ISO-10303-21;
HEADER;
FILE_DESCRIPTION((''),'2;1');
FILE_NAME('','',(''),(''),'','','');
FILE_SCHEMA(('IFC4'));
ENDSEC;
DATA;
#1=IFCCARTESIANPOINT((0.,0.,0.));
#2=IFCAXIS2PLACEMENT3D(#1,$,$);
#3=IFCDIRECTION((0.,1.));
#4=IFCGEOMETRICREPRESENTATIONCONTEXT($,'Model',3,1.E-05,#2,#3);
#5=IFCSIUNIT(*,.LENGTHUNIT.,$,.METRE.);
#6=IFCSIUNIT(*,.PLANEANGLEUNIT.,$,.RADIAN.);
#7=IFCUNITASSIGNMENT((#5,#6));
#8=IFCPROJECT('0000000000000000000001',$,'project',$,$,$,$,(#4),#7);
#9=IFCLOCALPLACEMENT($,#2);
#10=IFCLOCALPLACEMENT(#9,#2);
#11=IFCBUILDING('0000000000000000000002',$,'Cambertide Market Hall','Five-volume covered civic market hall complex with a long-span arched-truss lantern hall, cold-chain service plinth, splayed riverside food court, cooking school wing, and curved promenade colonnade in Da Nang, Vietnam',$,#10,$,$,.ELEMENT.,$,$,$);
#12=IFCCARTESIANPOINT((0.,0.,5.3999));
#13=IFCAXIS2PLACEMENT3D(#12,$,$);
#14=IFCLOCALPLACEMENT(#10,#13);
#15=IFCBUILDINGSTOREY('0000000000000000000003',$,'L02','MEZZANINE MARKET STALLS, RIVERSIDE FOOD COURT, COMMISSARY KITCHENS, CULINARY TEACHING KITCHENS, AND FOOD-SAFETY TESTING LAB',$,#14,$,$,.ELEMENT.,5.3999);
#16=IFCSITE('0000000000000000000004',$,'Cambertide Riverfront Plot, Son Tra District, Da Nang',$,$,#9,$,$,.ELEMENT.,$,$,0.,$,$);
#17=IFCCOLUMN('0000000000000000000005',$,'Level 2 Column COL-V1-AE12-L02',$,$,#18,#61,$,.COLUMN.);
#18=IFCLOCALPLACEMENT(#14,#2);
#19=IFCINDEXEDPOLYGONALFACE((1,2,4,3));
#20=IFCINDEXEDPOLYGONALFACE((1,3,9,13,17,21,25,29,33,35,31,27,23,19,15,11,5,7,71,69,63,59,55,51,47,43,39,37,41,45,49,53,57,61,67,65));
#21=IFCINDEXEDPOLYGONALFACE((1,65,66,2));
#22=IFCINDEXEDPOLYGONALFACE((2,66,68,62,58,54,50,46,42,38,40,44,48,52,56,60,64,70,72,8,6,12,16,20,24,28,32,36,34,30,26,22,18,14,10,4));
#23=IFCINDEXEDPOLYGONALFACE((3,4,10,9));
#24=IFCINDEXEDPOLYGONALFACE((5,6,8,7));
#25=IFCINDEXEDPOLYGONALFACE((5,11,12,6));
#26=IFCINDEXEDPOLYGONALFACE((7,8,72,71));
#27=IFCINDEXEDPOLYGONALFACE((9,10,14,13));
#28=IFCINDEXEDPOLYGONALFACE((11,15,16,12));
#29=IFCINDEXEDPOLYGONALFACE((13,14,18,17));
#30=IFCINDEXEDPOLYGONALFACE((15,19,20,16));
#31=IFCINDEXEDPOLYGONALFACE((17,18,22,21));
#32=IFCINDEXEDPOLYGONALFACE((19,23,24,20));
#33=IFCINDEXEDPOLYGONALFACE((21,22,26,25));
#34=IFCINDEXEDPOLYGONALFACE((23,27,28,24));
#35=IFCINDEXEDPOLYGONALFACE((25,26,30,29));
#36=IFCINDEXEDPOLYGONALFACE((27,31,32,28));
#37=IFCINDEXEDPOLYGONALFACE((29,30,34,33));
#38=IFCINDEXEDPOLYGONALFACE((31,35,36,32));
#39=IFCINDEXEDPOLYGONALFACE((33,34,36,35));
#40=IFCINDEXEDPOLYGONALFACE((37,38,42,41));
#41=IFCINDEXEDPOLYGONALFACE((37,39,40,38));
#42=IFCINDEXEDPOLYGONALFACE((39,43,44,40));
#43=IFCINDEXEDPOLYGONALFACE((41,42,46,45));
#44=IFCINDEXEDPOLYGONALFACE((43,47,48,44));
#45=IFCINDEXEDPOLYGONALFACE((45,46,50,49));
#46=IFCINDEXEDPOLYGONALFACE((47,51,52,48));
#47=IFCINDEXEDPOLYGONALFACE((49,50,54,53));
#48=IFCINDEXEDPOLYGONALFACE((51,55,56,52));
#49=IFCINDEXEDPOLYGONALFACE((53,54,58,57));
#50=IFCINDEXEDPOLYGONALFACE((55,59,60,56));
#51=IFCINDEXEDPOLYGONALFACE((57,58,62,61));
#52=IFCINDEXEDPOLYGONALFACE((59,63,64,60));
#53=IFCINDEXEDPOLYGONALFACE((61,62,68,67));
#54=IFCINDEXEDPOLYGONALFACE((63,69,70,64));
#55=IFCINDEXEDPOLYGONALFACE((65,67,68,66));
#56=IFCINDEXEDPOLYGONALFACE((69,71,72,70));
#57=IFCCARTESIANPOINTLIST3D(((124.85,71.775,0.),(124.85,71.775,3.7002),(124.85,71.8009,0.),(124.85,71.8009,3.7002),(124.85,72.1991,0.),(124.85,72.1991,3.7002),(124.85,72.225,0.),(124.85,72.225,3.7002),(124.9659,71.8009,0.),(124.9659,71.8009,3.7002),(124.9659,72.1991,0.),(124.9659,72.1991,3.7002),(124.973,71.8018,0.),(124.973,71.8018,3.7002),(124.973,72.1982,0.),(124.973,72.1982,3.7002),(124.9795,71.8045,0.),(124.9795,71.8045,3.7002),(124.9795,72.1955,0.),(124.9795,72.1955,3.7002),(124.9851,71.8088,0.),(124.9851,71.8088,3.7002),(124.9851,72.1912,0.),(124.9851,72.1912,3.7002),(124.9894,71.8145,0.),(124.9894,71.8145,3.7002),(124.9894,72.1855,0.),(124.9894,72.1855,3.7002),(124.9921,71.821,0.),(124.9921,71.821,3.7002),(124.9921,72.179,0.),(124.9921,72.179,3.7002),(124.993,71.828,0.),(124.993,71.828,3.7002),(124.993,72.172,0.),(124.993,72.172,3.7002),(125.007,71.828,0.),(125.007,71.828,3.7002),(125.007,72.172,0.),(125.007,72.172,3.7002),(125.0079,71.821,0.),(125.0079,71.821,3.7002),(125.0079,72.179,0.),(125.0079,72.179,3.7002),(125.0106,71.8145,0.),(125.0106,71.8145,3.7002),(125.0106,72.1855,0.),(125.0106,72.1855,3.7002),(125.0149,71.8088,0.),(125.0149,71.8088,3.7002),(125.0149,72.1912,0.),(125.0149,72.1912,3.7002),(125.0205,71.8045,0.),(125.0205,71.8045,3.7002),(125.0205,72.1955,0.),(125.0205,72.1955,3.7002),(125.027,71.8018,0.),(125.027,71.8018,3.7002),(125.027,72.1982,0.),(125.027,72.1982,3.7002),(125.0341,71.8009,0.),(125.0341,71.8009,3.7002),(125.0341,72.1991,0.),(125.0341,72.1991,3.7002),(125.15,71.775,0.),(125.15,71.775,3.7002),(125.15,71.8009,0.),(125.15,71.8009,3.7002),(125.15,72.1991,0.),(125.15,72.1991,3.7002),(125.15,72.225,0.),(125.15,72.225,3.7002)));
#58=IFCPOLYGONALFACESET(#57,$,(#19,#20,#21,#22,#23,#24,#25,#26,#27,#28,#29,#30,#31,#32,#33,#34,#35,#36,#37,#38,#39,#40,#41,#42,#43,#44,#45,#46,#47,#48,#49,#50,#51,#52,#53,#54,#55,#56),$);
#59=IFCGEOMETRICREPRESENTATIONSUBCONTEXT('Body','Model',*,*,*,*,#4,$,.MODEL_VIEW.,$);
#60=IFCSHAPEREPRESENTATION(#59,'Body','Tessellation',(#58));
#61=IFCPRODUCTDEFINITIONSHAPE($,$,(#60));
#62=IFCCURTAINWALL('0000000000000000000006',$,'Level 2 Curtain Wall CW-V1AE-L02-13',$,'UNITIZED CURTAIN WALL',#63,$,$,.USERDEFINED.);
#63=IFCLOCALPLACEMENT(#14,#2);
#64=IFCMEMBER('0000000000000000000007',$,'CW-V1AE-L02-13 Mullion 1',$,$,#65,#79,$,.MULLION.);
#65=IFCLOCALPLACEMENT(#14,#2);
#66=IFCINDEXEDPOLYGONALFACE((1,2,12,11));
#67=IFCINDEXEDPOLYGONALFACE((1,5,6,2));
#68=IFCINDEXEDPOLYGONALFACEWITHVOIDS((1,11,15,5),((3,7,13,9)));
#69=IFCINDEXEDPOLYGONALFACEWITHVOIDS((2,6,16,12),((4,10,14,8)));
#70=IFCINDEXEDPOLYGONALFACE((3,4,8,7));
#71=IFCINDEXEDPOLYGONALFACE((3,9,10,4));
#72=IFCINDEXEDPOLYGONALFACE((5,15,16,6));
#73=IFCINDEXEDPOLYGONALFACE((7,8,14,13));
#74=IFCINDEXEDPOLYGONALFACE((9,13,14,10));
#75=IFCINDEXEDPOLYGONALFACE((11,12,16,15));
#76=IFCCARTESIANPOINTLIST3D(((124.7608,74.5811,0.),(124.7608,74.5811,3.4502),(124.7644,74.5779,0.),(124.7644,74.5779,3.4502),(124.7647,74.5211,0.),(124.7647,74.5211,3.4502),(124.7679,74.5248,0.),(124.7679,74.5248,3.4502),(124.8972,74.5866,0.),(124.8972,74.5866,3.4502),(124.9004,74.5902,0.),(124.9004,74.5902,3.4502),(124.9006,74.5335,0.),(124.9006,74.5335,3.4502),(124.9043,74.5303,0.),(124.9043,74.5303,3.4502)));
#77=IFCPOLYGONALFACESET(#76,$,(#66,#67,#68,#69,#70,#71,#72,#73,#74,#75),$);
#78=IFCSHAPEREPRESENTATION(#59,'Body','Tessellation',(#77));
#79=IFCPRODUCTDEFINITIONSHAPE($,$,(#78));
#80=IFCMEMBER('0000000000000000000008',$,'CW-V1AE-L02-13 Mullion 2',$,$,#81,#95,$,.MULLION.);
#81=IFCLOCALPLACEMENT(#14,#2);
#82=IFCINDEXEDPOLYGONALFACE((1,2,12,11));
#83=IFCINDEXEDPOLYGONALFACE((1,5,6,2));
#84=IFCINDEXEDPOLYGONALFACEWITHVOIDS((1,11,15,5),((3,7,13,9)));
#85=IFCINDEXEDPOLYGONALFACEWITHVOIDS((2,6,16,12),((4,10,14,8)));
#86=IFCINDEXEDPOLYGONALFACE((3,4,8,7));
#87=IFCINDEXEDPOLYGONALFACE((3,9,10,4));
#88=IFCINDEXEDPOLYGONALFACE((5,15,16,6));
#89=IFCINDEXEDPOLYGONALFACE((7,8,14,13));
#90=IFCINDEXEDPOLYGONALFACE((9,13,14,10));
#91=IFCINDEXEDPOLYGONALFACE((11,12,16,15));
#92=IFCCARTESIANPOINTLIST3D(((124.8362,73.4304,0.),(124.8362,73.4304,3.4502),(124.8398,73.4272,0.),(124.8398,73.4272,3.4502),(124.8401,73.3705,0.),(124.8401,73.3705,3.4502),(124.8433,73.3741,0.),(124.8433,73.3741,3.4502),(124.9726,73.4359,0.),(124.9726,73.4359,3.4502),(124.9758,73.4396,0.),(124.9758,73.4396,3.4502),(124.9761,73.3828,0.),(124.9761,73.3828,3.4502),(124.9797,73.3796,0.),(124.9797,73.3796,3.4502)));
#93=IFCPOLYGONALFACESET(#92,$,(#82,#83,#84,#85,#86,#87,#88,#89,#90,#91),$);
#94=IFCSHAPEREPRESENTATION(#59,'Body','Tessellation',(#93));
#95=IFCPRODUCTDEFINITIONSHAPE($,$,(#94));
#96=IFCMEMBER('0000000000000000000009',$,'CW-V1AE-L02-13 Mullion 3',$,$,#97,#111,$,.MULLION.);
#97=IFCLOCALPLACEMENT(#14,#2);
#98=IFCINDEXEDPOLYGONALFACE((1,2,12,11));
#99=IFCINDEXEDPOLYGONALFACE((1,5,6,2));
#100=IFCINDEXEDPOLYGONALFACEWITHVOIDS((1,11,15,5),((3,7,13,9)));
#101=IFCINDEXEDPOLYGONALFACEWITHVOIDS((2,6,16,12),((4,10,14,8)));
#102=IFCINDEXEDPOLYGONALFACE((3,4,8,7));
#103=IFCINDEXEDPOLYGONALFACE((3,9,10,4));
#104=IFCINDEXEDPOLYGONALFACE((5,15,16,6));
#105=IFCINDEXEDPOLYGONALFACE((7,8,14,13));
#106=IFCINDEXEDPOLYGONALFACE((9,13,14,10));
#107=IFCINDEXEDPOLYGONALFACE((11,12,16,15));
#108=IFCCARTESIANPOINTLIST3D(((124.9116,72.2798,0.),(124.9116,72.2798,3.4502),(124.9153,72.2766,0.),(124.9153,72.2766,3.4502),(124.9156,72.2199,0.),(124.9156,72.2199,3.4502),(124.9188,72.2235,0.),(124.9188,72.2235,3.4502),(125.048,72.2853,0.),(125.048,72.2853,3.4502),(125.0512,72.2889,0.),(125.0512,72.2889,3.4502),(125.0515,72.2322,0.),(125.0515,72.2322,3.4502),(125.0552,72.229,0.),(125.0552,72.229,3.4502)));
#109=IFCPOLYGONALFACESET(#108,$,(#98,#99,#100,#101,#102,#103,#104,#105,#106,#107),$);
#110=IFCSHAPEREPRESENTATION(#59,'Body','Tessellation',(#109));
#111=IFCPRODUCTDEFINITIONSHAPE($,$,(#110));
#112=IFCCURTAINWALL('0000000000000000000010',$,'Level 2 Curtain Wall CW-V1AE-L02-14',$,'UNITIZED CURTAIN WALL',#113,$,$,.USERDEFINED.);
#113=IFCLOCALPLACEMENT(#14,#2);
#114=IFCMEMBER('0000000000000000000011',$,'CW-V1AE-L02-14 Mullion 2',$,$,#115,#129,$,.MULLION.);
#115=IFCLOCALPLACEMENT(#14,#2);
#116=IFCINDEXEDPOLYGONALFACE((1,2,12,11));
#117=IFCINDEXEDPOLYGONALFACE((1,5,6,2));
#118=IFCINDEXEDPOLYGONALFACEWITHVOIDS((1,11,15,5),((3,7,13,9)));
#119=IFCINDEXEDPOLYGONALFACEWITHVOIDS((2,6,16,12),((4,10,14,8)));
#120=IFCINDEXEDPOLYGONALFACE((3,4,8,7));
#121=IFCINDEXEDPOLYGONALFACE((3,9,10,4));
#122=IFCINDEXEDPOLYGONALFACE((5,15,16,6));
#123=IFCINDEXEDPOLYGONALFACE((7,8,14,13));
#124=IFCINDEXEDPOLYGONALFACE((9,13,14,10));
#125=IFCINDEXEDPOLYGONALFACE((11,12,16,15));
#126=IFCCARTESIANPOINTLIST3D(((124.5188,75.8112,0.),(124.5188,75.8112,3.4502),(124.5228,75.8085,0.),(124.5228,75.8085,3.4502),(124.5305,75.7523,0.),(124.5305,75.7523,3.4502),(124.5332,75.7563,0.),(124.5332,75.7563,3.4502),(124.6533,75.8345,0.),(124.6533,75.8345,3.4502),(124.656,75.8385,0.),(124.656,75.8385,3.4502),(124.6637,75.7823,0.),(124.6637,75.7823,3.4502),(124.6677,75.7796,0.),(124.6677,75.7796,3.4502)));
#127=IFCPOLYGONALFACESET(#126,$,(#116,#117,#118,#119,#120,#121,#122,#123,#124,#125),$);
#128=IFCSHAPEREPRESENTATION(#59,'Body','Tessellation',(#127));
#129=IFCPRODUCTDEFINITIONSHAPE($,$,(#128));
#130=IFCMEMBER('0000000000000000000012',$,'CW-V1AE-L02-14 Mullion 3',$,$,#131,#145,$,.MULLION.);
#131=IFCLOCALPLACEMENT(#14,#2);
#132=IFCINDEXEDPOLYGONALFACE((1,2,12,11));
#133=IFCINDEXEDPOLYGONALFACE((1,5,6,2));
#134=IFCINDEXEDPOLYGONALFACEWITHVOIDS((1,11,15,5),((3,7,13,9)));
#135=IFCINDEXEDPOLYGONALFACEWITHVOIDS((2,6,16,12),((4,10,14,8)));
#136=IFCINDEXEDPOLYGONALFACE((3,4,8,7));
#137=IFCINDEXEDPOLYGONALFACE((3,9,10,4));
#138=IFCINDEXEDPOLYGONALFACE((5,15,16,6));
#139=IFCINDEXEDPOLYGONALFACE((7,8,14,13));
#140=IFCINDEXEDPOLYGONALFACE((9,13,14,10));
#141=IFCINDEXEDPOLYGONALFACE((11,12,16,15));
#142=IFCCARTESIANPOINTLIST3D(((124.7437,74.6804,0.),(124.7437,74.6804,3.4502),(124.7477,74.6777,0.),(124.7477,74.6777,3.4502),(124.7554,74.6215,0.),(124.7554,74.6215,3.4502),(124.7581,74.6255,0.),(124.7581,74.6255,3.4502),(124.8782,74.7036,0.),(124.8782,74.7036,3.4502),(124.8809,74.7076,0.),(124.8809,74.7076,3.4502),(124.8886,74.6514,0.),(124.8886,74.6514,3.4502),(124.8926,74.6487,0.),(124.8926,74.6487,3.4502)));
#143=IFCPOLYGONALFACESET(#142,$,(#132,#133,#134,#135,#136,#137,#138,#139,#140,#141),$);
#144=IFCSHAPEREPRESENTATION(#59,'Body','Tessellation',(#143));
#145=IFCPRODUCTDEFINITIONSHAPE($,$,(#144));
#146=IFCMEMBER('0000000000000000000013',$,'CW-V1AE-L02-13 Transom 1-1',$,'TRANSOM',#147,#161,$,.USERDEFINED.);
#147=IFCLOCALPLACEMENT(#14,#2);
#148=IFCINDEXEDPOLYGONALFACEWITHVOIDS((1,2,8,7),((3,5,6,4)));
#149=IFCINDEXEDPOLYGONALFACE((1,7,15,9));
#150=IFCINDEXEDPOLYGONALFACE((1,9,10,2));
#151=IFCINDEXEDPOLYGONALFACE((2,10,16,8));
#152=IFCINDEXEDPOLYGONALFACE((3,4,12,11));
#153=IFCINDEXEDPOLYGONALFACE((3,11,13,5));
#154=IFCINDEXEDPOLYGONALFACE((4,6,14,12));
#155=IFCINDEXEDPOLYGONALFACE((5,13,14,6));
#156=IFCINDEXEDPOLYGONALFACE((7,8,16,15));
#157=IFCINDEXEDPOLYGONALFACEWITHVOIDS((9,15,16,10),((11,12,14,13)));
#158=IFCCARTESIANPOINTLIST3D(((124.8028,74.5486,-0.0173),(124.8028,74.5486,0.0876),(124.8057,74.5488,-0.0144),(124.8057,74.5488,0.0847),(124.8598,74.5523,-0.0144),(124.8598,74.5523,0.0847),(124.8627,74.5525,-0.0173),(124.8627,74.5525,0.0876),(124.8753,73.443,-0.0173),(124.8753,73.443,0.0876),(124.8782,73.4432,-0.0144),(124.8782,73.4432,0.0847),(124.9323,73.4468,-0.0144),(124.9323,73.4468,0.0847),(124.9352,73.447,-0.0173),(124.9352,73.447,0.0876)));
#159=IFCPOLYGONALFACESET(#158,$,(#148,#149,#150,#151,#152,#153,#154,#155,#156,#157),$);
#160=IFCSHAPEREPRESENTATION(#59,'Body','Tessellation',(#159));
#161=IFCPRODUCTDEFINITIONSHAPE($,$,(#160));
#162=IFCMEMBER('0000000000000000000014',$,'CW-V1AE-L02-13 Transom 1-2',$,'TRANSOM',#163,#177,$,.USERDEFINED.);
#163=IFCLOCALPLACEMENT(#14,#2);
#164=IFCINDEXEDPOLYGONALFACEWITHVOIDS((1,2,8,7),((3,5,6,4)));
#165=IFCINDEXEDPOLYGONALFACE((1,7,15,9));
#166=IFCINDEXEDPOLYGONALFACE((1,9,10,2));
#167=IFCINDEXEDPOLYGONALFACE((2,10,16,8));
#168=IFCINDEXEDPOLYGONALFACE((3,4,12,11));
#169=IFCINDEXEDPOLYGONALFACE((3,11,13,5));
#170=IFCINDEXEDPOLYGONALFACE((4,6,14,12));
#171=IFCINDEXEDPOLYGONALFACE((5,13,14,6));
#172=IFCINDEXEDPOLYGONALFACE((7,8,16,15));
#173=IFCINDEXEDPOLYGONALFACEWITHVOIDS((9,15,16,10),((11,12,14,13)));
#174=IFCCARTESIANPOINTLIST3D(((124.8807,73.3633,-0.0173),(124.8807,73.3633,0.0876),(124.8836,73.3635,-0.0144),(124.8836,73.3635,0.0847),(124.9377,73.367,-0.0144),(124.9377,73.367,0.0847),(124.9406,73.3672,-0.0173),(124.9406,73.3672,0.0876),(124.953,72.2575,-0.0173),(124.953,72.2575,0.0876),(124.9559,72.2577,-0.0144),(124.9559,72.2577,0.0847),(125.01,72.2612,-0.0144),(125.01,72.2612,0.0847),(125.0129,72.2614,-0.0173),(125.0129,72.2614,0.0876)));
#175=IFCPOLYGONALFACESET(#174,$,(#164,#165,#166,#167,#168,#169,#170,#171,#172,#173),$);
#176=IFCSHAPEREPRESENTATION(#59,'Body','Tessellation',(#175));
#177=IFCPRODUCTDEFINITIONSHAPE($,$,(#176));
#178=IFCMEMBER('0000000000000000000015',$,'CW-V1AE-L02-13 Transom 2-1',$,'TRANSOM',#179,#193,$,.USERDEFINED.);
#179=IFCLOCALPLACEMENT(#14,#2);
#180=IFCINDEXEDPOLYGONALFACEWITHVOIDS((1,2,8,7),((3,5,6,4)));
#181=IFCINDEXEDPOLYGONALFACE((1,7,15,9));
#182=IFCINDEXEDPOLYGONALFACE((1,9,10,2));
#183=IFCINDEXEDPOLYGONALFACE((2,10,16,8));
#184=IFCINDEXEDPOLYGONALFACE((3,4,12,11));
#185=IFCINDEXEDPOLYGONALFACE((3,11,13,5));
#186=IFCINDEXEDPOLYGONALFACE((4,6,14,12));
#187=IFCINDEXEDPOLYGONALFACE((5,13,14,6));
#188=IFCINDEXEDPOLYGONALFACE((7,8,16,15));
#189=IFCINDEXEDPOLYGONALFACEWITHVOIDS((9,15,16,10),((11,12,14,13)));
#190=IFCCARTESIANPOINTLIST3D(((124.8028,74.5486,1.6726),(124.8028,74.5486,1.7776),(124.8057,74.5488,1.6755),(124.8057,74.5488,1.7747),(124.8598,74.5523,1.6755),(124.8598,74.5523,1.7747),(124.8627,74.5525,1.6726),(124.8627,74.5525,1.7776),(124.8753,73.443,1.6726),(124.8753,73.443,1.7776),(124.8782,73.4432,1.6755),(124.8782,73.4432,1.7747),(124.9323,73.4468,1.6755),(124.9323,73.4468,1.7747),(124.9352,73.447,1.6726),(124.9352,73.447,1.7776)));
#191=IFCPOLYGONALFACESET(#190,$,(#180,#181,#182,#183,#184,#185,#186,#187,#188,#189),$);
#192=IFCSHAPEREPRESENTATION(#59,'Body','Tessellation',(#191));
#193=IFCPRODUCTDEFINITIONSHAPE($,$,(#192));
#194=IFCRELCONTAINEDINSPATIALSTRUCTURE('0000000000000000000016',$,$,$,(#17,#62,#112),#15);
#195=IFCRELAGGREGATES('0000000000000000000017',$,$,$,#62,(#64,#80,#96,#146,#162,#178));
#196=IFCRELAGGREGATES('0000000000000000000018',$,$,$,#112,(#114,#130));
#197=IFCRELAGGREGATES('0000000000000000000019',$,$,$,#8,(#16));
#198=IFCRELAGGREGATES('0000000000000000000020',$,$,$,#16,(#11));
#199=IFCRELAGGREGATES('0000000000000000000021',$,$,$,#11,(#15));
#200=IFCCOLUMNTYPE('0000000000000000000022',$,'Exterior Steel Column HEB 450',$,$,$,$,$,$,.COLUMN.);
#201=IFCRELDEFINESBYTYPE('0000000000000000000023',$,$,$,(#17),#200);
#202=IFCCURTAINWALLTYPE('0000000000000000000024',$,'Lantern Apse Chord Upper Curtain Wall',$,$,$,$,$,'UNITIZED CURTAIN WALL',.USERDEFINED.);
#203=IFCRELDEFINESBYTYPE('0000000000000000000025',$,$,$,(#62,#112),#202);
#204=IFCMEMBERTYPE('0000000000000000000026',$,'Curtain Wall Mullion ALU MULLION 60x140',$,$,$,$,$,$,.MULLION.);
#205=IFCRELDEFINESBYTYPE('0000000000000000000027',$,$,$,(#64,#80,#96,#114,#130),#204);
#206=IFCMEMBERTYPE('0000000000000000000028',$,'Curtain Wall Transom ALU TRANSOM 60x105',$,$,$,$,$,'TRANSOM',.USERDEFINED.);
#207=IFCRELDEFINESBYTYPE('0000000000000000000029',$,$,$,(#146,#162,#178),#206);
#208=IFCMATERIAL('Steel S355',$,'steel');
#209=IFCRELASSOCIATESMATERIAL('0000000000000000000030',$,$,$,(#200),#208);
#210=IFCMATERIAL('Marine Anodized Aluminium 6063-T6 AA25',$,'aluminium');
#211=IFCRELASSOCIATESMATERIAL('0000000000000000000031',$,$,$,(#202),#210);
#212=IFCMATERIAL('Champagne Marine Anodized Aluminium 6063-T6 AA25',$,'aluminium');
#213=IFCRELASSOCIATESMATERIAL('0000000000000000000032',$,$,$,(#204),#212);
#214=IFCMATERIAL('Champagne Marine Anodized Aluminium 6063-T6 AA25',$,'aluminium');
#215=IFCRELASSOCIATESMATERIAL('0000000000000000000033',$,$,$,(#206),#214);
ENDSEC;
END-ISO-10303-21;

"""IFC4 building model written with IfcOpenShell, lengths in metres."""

from ifc_helpers import new_model, si_unit, direction, frame, origin, origin_2d, place, context, subcontext, project, spatial, hollow_rectangle, i_section, extrude, material, material_profile, profile_set, type_object, element, aggregate, save


model = new_model("IFC4")

# Units and contexts
model_context = context("Model", 3, precision=1e-05, world=origin(), true_north=direction((0.0, 1.0)))
body_context = subcontext(model_context, "Body", "Model", "MODEL_VIEW")
ifc_project = project(units=[si_unit("LENGTHUNIT", "METRE"), si_unit("PLANEANGLEUNIT", "RADIAN")], contexts=[model_context])

# Site, building, storey
site_placement = place(None, origin())
site = spatial("IfcSite", under=ifc_project, at=site_placement, Name="Cambertide Riverfront Plot, Son Tra District, Da Nang", CompositionType="ELEMENT", RefElevation=0.0)
building_placement = place(site_placement, origin())
building = spatial("IfcBuilding", under=site, at=building_placement, Name="Cambertide Market Hall", Description="Five-volume covered civic market hall complex with a long-span arched-truss lantern hall, cold-chain service plinth, splayed riverside food court, cooking school wing, and curved promenade colonnade in Da Nang, Vietnam", CompositionType="ELEMENT")
storey_placement = place(building_placement, frame((0.0, 0.0, 5.3999)))
storey = spatial("IfcBuildingStorey", under=building, at=storey_placement, Name="L02", Description="MEZZANINE MARKET STALLS, RIVERSIDE FOOD COURT, COMMISSARY KITCHENS, CULINARY TEACHING KITCHENS, AND FOOD-SAFETY TESTING LAB", CompositionType="ELEMENT", Elevation=5.3999)

# Column
ifc_material_1 = material(Name="Steel S355", Category="steel")
ifc_material_profile_1 = material_profile(ifc_material_1, i_section(OverallWidth=0.3, OverallDepth=0.45, WebThickness=0.0139, FlangeThickness=0.0259, FilletRadius=0.0271, at=origin_2d()), Name="HEB 450")
ifc_profile_set_1 = profile_set([ifc_material_profile_1], Name="Steel S355")
column_type = type_object("IfcColumnType", Name="Exterior Steel Column HEB 450", PredefinedType="COLUMN", material=ifc_profile_set_1)
column_placement = place(storey_placement, frame((125.0, 72.0, 0.0), z_axis=(0.0, 0.0, 1.0), x_axis=(1.0, 0.0, 0.0)))
element("IfcColumn", 1, at=column_placement, inside=storey, type_object=column_type, Name="Level 2 Column COL-V1-AE12-L02", PredefinedType="COLUMN", context=body_context, shape_type="SweptSolid", body=[
    extrude(i_section(OverallWidth=0.3, OverallDepth=0.45, WebThickness=0.0139, FlangeThickness=0.0259, FilletRadius=0.0271, at=origin_2d()), origin(), (0.0, 0.0, 1.0), 3.7002),
])

# Curtain walls, members
ifc_material_2 = material(Name="Marine Anodized Aluminium 6063-T6 AA25", Category="aluminium")
curtain_wall_type = type_object("IfcCurtainWallType", Name="Lantern Apse Chord Upper Curtain Wall", ElementType="UNITIZED CURTAIN WALL", PredefinedType="USERDEFINED", material=ifc_material_2)
curtain_wall_1_placement = place(storey_placement, origin())
curtain_wall_1 = element("IfcCurtainWall", 2, at=curtain_wall_1_placement, inside=storey, type_object=curtain_wall_type, Name="Level 2 Curtain Wall CW-V1AE-L02-13", ObjectType="UNITIZED CURTAIN WALL", PredefinedType="USERDEFINED")
ifc_material_3 = material(Name="Champagne Marine Anodized Aluminium 6063-T6 AA25", Category="aluminium")
ifc_material_profile_2 = material_profile(ifc_material_3, hollow_rectangle(XDim=0.0601, YDim=0.1399, WallThickness=0.0034, at=origin_2d()), Name="ALU MULLION 60x140")
ifc_profile_set_2 = profile_set([ifc_material_profile_2], Name="Champagne Marine Anodized Aluminium 6063-T6 AA25")
member_type_1 = type_object("IfcMemberType", Name="Curtain Wall Mullion ALU MULLION 60x140", PredefinedType="MULLION", material=ifc_profile_set_2)
member_1_placement = place(storey_placement, frame((124.8325, 74.5557, 0.0), z_axis=(0.0, 0.0, 1.0), x_axis=(0.065403, -0.997859, 0.0)))
member_1 = element("IfcMember", 3, at=member_1_placement, type_object=member_type_1, Name="CW-V1AE-L02-13 Mullion 1", PredefinedType="MULLION", context=body_context, shape_type="SweptSolid", body=[
    extrude(hollow_rectangle(XDim=0.0601, YDim=0.1399, WallThickness=0.0034, at=origin_2d()), origin(), (0.0, 0.0, 1.0), 3.4502),
])
member_2_placement = place(storey_placement, frame((124.908, 73.405, 0.0), z_axis=(0.0, 0.0, 1.0), x_axis=(0.065403, -0.997859, 0.0)))
member_2 = element("IfcMember", 4, at=member_2_placement, type_object=member_type_1, Name="CW-V1AE-L02-13 Mullion 2", PredefinedType="MULLION", context=body_context, shape_type="SweptSolid", body=[
    extrude(hollow_rectangle(XDim=0.0601, YDim=0.1399, WallThickness=0.0034, at=origin_2d()), origin(), (0.0, 0.0, 1.0), 3.4502),
])
member_3_placement = place(storey_placement, frame((124.9834, 72.2544, 0.0), z_axis=(0.0, 0.0, 1.0), x_axis=(0.065403, -0.997859, 0.0)))
member_3 = element("IfcMember", 5, at=member_3_placement, type_object=member_type_1, Name="CW-V1AE-L02-13 Mullion 3", PredefinedType="MULLION", context=body_context, shape_type="SweptSolid", body=[
    extrude(hollow_rectangle(XDim=0.0601, YDim=0.1399, WallThickness=0.0034, at=origin_2d()), origin(), (0.0, 0.0, 1.0), 3.4502),
])
curtain_wall_2_placement = place(storey_placement, origin())
curtain_wall_2 = element("IfcCurtainWall", 6, at=curtain_wall_2_placement, inside=storey, type_object=curtain_wall_type, Name="Level 2 Curtain Wall CW-V1AE-L02-14", ObjectType="UNITIZED CURTAIN WALL", PredefinedType="USERDEFINED")
member_4_placement = place(storey_placement, frame((124.5933, 75.7954, 0.0), z_axis=(0.0, 0.0, 1.0), x_axis=(0.19509, -0.980785, 0.0)))
member_4 = element("IfcMember", 7, at=member_4_placement, type_object=member_type_1, Name="CW-V1AE-L02-14 Mullion 2", PredefinedType="MULLION", context=body_context, shape_type="SweptSolid", body=[
    extrude(hollow_rectangle(XDim=0.0601, YDim=0.1399, WallThickness=0.0034, at=origin_2d()), origin(), (0.0, 0.0, 1.0), 3.4502),
])
member_5_placement = place(storey_placement, frame((124.8181, 74.6646, 0.0), z_axis=(0.0, 0.0, 1.0), x_axis=(0.19509, -0.980785, 0.0)))
member_5 = element("IfcMember", 8, at=member_5_placement, type_object=member_type_1, Name="CW-V1AE-L02-14 Mullion 3", PredefinedType="MULLION", context=body_context, shape_type="SweptSolid", body=[
    extrude(hollow_rectangle(XDim=0.0601, YDim=0.1399, WallThickness=0.0034, at=origin_2d()), origin(), (0.0, 0.0, 1.0), 3.4502),
])

# Members
ifc_material_4 = material(Name="Champagne Marine Anodized Aluminium 6063-T6 AA25", Category="aluminium")
ifc_material_profile_3 = material_profile(ifc_material_4, hollow_rectangle(XDim=0.0601, YDim=0.105, WallThickness=0.0029, at=origin_2d()), Name="ALU TRANSOM 60x105")
ifc_profile_set_3 = profile_set([ifc_material_profile_3], Name="Champagne Marine Anodized Aluminium 6063-T6 AA25")
member_type_2 = type_object("IfcMemberType", Name="Curtain Wall Transom ALU TRANSOM 60x105", ElementType="TRANSOM", PredefinedType="USERDEFINED", material=ifc_profile_set_3)
member_6_placement = place(storey_placement, frame((124.8328, 74.5505, 0.0352), z_axis=(0.065451, -0.997856, 0.0), x_axis=(0.997856, 0.065451, 0.0)))
member_6 = element("IfcMember", 9, at=member_6_placement, type_object=member_type_2, Name="CW-V1AE-L02-13 Transom 1-1", ObjectType="TRANSOM", PredefinedType="USERDEFINED", context=body_context, shape_type="SweptSolid", body=[
    extrude(hollow_rectangle(XDim=0.0601, YDim=0.105, WallThickness=0.0029, at=origin_2d()), origin(), (0.0, 0.0, 1.0), 1.1079),
])
member_7_placement = place(storey_placement, frame((124.9106, 73.3652, 0.0352), z_axis=(0.065217, -0.997871, 0.0), x_axis=(0.997871, 0.065217, 0.0)))
member_7 = element("IfcMember", 10, at=member_7_placement, type_object=member_type_2, Name="CW-V1AE-L02-13 Transom 1-2", ObjectType="TRANSOM", PredefinedType="USERDEFINED", context=body_context, shape_type="SweptSolid", body=[
    extrude(hollow_rectangle(XDim=0.0601, YDim=0.105, WallThickness=0.0029, at=origin_2d()), origin(), (0.0, 0.0, 1.0), 1.1082),
])
member_8_placement = place(storey_placement, frame((124.8328, 74.5505, 1.7251), z_axis=(0.065451, -0.997856, 0.0), x_axis=(0.997856, 0.065451, 0.0)))
member_8 = element("IfcMember", 11, at=member_8_placement, type_object=member_type_2, Name="CW-V1AE-L02-13 Transom 2-1", ObjectType="TRANSOM", PredefinedType="USERDEFINED", context=body_context, shape_type="SweptSolid", body=[
    extrude(hollow_rectangle(XDim=0.0601, YDim=0.105, WallThickness=0.0029, at=origin_2d()), origin(), (0.0, 0.0, 1.0), 1.1079),
])

aggregate(curtain_wall_1, [member_1, member_2, member_3, member_6, member_7, member_8])
aggregate(curtain_wall_2, [member_4, member_5])

save(model, "model.ifc")
